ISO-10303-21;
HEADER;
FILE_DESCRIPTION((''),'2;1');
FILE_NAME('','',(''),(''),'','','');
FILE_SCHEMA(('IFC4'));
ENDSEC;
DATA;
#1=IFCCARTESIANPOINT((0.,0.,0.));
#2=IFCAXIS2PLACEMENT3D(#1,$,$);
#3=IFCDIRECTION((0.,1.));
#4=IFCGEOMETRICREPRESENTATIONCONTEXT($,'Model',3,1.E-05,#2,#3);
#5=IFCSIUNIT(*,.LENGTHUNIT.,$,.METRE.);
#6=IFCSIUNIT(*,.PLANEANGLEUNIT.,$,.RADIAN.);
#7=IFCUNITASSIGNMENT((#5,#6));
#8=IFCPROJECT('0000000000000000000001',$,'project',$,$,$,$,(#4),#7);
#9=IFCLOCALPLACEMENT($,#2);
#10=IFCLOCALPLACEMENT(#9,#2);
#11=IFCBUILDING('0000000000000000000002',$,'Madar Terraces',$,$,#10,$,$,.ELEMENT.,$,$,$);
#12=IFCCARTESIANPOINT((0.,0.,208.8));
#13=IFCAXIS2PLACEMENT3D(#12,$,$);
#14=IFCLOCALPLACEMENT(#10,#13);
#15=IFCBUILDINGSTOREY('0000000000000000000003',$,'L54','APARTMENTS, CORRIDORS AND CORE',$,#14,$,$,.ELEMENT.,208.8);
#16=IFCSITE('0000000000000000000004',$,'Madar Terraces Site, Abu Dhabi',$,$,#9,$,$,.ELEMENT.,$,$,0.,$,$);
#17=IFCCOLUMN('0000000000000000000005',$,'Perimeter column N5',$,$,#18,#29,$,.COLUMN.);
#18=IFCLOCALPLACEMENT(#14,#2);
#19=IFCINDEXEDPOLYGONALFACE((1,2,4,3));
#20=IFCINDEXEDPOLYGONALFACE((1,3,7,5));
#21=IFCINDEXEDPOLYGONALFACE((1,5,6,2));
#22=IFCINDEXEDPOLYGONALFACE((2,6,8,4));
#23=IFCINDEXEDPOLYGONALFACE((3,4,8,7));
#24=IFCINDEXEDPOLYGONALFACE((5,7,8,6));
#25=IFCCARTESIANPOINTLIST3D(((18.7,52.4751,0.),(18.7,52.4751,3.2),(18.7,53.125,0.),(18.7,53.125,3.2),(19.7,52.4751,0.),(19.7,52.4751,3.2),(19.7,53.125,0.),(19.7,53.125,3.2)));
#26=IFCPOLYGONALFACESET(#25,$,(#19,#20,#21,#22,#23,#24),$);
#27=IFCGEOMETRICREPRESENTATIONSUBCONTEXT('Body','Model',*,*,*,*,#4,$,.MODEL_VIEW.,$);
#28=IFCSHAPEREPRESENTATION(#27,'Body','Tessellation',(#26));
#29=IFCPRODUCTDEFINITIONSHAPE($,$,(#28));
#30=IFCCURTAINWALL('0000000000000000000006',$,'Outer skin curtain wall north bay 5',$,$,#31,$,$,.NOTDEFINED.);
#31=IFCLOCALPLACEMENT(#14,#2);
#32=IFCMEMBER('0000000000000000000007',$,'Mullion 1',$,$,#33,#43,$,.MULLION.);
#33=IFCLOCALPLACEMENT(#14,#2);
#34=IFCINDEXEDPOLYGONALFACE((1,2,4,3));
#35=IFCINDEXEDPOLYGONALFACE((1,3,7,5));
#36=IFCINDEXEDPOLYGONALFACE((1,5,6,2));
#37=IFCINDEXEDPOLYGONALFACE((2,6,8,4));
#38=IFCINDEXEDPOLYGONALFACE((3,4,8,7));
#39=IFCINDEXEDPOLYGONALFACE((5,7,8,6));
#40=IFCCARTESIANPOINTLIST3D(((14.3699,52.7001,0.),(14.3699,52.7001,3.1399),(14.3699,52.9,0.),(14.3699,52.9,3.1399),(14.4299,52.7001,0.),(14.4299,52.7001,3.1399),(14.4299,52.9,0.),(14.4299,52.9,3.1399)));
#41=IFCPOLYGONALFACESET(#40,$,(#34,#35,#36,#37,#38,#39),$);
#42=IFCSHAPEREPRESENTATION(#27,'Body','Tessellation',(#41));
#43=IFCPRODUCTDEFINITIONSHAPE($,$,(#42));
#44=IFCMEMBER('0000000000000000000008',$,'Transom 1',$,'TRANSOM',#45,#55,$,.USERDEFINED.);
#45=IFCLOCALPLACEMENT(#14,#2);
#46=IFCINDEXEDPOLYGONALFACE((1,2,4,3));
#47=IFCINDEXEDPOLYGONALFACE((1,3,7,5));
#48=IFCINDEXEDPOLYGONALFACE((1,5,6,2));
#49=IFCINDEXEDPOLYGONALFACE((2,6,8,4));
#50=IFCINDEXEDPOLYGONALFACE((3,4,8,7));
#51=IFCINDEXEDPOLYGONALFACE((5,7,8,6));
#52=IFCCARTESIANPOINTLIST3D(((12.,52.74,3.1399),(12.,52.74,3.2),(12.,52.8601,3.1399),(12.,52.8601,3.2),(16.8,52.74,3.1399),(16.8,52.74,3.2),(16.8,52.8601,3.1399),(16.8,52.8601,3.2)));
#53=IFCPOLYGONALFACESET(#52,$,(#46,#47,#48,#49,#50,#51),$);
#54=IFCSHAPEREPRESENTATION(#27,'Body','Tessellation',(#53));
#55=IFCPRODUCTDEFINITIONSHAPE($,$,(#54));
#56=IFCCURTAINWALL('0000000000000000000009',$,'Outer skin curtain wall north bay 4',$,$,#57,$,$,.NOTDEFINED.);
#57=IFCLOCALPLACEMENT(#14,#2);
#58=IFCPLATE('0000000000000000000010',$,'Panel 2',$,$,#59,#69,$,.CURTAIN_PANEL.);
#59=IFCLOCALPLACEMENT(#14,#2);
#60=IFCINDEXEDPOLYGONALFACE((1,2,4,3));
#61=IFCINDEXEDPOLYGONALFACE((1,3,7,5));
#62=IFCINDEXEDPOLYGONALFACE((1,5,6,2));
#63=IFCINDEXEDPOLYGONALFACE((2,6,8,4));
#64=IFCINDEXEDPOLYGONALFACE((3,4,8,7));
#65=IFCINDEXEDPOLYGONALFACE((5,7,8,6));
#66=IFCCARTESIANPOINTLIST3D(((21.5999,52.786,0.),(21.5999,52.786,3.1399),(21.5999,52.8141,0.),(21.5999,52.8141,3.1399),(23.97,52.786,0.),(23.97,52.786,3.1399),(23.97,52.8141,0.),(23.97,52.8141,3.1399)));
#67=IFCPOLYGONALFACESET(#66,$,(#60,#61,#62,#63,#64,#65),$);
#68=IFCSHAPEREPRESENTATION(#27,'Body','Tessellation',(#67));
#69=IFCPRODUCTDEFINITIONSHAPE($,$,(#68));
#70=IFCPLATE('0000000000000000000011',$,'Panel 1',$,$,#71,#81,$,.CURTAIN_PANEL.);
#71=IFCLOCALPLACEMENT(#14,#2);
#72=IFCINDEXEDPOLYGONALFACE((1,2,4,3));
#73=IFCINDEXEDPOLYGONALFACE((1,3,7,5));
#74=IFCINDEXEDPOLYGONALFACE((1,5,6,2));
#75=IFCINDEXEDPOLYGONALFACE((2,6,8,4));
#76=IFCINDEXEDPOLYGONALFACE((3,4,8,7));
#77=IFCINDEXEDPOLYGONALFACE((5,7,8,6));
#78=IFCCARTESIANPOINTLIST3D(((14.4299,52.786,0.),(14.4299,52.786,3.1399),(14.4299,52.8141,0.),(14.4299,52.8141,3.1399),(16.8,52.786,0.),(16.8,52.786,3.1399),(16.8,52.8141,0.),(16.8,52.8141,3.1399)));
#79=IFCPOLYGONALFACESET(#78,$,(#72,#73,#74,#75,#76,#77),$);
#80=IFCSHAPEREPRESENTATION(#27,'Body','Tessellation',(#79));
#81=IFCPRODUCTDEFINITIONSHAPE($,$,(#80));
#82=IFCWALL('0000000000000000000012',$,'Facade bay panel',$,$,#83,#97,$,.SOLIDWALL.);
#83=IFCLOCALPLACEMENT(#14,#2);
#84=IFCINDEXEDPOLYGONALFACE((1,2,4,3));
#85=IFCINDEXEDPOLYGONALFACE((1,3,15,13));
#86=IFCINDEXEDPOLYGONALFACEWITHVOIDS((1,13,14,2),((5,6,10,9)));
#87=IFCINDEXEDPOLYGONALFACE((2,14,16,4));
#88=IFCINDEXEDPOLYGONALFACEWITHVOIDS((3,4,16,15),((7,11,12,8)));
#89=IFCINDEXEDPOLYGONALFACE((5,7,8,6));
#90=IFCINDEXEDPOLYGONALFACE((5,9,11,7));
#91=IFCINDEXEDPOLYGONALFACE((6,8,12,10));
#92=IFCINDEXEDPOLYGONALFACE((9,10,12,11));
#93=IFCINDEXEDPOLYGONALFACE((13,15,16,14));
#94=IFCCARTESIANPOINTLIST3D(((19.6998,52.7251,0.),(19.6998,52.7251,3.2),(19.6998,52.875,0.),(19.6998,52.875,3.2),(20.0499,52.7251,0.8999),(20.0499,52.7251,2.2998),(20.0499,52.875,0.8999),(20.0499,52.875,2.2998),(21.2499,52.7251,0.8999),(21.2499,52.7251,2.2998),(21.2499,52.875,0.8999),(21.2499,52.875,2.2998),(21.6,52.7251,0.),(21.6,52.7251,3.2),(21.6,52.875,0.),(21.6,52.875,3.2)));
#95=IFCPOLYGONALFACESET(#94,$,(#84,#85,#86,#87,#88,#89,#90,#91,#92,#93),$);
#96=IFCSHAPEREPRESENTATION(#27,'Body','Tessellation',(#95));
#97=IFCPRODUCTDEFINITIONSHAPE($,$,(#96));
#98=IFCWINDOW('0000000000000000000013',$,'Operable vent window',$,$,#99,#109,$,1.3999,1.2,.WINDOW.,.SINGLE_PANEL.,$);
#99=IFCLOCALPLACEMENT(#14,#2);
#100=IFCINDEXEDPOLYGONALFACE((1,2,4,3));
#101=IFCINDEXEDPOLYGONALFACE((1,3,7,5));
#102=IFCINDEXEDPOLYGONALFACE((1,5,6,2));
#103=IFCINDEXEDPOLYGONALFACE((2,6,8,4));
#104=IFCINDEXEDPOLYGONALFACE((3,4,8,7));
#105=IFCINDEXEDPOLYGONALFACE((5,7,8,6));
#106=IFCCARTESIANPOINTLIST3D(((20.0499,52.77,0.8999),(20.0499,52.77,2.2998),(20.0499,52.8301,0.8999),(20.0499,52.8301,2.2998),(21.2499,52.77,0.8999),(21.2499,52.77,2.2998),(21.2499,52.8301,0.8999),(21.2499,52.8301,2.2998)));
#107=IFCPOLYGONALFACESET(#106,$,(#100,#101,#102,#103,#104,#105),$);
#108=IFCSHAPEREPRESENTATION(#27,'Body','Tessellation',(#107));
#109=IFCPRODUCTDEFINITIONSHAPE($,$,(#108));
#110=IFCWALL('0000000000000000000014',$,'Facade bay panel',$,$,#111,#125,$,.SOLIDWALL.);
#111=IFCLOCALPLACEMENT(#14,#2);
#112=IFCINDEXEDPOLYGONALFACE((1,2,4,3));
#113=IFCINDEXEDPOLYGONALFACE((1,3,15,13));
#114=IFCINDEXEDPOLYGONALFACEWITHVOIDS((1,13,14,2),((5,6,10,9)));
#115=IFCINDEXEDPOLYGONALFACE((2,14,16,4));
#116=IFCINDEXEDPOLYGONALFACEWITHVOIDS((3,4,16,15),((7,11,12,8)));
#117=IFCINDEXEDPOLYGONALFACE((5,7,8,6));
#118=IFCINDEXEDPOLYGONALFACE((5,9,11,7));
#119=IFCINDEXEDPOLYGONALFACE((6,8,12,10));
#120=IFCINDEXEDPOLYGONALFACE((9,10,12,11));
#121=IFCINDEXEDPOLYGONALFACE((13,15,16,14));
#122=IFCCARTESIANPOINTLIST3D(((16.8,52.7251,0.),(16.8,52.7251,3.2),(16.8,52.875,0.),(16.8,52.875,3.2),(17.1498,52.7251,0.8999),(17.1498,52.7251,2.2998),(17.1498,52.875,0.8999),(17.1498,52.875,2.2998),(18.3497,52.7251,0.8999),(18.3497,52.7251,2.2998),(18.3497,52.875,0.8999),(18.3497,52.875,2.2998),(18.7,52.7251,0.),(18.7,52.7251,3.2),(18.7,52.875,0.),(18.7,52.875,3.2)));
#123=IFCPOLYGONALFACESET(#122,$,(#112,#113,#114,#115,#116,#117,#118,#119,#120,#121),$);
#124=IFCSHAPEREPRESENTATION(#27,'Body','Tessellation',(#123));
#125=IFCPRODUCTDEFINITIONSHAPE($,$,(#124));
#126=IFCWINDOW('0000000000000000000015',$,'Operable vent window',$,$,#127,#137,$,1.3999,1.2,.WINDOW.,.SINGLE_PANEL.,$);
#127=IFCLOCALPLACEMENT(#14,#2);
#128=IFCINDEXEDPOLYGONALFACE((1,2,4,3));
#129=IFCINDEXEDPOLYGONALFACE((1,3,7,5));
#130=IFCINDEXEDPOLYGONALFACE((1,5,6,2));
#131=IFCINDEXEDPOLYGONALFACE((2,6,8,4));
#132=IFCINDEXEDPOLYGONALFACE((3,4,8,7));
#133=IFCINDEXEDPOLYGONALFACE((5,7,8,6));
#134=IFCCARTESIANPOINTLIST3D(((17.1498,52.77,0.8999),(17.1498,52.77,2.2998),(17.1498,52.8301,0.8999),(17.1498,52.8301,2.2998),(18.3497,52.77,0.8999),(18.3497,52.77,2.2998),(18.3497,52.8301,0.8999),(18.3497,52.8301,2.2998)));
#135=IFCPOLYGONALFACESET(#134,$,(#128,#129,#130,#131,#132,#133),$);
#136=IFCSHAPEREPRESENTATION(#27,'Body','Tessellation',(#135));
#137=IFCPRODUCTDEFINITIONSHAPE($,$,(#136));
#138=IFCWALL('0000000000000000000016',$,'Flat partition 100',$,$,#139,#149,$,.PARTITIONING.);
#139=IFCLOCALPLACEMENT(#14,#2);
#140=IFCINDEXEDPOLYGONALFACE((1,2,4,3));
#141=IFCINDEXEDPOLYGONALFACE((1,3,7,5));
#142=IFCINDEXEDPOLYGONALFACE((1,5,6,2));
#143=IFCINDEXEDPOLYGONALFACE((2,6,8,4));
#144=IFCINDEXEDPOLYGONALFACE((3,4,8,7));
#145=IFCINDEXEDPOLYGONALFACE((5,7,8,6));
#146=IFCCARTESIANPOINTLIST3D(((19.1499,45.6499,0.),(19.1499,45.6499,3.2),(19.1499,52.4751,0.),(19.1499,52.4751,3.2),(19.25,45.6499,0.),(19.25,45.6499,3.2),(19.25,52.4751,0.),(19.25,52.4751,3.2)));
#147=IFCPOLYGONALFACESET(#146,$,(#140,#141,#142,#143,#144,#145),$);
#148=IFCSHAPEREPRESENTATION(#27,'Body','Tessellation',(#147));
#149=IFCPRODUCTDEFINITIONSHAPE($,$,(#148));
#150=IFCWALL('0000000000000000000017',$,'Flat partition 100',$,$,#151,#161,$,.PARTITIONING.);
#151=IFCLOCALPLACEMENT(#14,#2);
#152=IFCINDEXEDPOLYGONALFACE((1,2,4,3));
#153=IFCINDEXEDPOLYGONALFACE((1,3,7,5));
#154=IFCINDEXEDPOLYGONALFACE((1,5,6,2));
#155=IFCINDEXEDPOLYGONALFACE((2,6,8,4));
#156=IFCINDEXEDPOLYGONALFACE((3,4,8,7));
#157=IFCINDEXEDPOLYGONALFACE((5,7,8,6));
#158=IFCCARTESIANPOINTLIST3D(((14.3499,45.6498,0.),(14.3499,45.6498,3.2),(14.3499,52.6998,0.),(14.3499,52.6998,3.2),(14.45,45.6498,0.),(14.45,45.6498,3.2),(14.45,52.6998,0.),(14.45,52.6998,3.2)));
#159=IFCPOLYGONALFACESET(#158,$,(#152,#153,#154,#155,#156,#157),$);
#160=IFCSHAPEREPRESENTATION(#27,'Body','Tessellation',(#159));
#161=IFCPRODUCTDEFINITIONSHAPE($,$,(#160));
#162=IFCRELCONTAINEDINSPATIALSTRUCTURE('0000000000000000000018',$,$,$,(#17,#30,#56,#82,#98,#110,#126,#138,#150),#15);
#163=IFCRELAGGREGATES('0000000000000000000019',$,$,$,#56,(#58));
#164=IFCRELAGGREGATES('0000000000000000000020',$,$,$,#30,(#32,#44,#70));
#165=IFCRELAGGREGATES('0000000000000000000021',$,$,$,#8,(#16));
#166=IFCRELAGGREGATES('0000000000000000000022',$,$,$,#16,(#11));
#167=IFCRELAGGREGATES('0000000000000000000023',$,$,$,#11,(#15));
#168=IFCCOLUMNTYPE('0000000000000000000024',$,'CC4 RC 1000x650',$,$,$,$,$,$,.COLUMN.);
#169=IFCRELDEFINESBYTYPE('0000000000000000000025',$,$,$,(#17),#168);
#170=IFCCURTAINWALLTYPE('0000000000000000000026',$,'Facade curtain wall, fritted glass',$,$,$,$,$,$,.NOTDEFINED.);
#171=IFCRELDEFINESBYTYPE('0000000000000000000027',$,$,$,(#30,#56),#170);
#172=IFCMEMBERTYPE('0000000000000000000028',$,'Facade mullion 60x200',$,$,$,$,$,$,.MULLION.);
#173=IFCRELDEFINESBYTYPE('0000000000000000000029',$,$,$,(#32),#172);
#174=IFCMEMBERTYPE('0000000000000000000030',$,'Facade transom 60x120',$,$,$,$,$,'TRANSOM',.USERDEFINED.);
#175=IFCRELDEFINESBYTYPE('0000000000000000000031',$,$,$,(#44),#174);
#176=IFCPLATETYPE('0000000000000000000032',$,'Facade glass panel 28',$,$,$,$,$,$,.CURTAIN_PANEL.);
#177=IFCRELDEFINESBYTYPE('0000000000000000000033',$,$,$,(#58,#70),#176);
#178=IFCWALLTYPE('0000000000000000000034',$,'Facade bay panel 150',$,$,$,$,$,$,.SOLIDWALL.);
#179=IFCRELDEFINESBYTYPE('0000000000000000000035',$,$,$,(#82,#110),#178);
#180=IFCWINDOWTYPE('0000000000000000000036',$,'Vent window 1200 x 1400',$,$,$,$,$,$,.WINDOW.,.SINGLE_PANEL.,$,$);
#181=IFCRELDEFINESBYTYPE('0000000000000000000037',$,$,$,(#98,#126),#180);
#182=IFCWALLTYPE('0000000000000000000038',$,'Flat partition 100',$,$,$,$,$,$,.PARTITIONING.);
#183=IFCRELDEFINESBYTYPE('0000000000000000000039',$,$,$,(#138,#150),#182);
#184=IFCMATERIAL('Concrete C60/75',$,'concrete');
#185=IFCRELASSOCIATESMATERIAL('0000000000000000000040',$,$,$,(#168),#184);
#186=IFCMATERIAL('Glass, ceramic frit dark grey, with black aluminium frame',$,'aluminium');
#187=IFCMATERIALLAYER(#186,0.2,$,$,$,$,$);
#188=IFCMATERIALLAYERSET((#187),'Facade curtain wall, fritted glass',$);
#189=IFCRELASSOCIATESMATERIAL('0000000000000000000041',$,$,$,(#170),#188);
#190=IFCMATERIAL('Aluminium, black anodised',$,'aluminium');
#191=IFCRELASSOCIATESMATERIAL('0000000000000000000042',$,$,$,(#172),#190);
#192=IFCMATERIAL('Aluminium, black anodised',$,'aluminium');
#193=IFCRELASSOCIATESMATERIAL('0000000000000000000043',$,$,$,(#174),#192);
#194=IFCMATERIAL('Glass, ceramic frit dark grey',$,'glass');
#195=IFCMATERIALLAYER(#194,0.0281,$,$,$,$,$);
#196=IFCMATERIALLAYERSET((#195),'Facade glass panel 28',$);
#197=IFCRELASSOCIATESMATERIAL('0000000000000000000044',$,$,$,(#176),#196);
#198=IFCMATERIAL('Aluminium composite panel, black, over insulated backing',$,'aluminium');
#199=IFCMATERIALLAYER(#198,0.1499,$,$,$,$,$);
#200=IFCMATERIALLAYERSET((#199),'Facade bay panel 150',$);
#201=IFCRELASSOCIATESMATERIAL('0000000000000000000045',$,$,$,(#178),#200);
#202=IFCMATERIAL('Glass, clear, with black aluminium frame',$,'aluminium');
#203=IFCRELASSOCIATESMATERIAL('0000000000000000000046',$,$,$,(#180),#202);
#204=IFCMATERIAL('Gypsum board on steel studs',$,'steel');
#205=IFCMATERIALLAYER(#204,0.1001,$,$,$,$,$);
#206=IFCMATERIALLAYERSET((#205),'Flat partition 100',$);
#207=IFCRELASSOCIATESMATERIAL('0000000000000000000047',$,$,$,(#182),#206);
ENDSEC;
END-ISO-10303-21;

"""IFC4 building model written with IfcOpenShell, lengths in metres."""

from ifc_helpers import new_model, si_unit, direction, frame, frame_2d, origin, origin_2d, place, context, subcontext, project, spatial, rectangle, extrude, material, layer, layer_set, material_profile, profile_set, type_object, element, fill, aggregate, save


model = new_model("IFC4")

# Units and contexts
model_context = context("Model", 3, precision=1e-05, world=origin(), true_north=direction((0.0, 1.0)))
body_context = subcontext(model_context, "Body", "Model", "MODEL_VIEW")
ifc_project = project(units=[si_unit("LENGTHUNIT", "METRE"), si_unit("PLANEANGLEUNIT", "RADIAN")], contexts=[model_context])

# Site, building, storey
site_placement = place(None, origin())
site = spatial("IfcSite", under=ifc_project, at=site_placement, Name="Madar Terraces Site, Abu Dhabi", CompositionType="ELEMENT", RefElevation=0.0)
building_placement = place(site_placement, origin())
building = spatial("IfcBuilding", under=site, at=building_placement, Name="Madar Terraces", CompositionType="ELEMENT")
storey_placement = place(building_placement, frame((0.0, 0.0, 208.8)))
storey = spatial("IfcBuildingStorey", under=building, at=storey_placement, Name="L54", Description="APARTMENTS, CORRIDORS AND CORE", CompositionType="ELEMENT", Elevation=208.8)

# Column
ifc_material_1 = material(Name="Concrete C60/75", Category="concrete")
ifc_material_profile_1 = material_profile(ifc_material_1, rectangle(XDim=1.0, YDim=0.6499, at=origin_2d()), Name="CC4 RC 1000x650")
ifc_profile_set_1 = profile_set([ifc_material_profile_1], Name="Concrete C60/75")
column_type = type_object("IfcColumnType", Name="CC4 RC 1000x650", PredefinedType="COLUMN", material=ifc_profile_set_1)
column_placement = place(storey_placement, frame((19.2, 52.8, 0.0), z_axis=(0.0, 0.0, 1.0), x_axis=(1.0, 0.0, 0.0)))
element("IfcColumn", 1, at=column_placement, inside=storey, type_object=column_type, Name="Perimeter column N5", PredefinedType="COLUMN", context=body_context, shape_type="SweptSolid", body=[
    extrude(rectangle(XDim=1.0, YDim=0.6499, at=origin_2d()), origin(), (0.0, 0.0, 1.0), 3.2),
])

# Curtain wall, members
ifc_material_2 = material(Name="Glass, ceramic frit dark grey, with black aluminium frame", Category="aluminium")
ifc_layer_1 = layer(ifc_material_2, 0.2)
ifc_layer_set_1 = layer_set([ifc_layer_1], Name="Facade curtain wall, fritted glass")
curtain_wall_type = type_object("IfcCurtainWallType", Name="Facade curtain wall, fritted glass", PredefinedType="NOTDEFINED", material=ifc_layer_set_1)
curtain_wall_1_placement = place(storey_placement, origin())
curtain_wall_1 = element("IfcCurtainWall", 2, at=curtain_wall_1_placement, inside=storey, type_object=curtain_wall_type, Name="Outer skin curtain wall north bay 5", PredefinedType="NOTDEFINED")
ifc_material_3 = material(Name="Aluminium, black anodised", Category="aluminium")
ifc_material_profile_2 = material_profile(ifc_material_3, rectangle(XDim=0.2, YDim=0.0601, at=origin_2d()), Name="Facade mullion 60x200")
ifc_profile_set_2 = profile_set([ifc_material_profile_2], Name="Aluminium, black anodised")
member_type_1 = type_object("IfcMemberType", Name="Facade mullion 60x200", PredefinedType="MULLION", material=ifc_profile_set_2)
member_1_placement = place(storey_placement, frame((14.3999, 52.8, 0.0), z_axis=(0.0, 0.0, 1.0), x_axis=(0.0, -1.0, 0.0)))
member_1 = element("IfcMember", 3, at=member_1_placement, type_object=member_type_1, Name="Mullion 1", PredefinedType="MULLION", context=body_context, shape_type="SweptSolid", body=[
    extrude(rectangle(XDim=0.2, YDim=0.0601, at=origin_2d()), origin(), (0.0, 0.0, 1.0), 3.1399),
])
ifc_material_4 = material(Name="Aluminium, black anodised", Category="aluminium")
ifc_material_profile_3 = material_profile(ifc_material_4, rectangle(XDim=0.1201, YDim=0.0601, at=origin_2d()), Name="Facade transom 60x120")
ifc_profile_set_3 = profile_set([ifc_material_profile_3], Name="Aluminium, black anodised")
member_type_2 = type_object("IfcMemberType", Name="Facade transom 60x120", ElementType="TRANSOM", PredefinedType="USERDEFINED", material=ifc_profile_set_3)
member_2_placement = place(storey_placement, frame((16.8, 52.8, 3.1699), z_axis=(-1.0, 0.0, 0.0), x_axis=(0.0, -1.0, 0.0)))
member_2 = element("IfcMember", 4, at=member_2_placement, type_object=member_type_2, Name="Transom 1", ObjectType="TRANSOM", PredefinedType="USERDEFINED", context=body_context, shape_type="SweptSolid", body=[
    extrude(rectangle(XDim=0.1201, YDim=0.0601, at=origin_2d()), origin(), (0.0, 0.0, 1.0), 4.8),
])

# Curtain wall, plate
curtain_wall_2_placement = place(storey_placement, origin())
curtain_wall_2 = element("IfcCurtainWall", 5, at=curtain_wall_2_placement, inside=storey, type_object=curtain_wall_type, Name="Outer skin curtain wall north bay 4", PredefinedType="NOTDEFINED")
ifc_material_5 = material(Name="Glass, ceramic frit dark grey", Category="glass")
ifc_layer_2 = layer(ifc_material_5, 0.0281)
ifc_layer_set_2 = layer_set([ifc_layer_2], Name="Facade glass panel 28")
plate_type = type_object("IfcPlateType", Name="Facade glass panel 28", PredefinedType="CURTAIN_PANEL", material=ifc_layer_set_2)
plate_1_placement = place(storey_placement, frame((22.7849, 52.8, 0.0), z_axis=(0.0, 0.0, 1.0), x_axis=(-1.0, 0.0, 0.0)))
plate_1 = element("IfcPlate", 6, at=plate_1_placement, type_object=plate_type, Name="Panel 2", PredefinedType="CURTAIN_PANEL", context=body_context, shape_type="SweptSolid", body=[
    extrude(rectangle(XDim=2.3701, YDim=0.0281, at=origin_2d()), origin(), (0.0, 0.0, 1.0), 3.1399),
])
aggregate(curtain_wall_2, [plate_1])

# Plate
plate_2_placement = place(storey_placement, frame((15.615, 52.8, 0.0), z_axis=(0.0, 0.0, 1.0), x_axis=(-1.0, 0.0, 0.0)))
plate_2 = element("IfcPlate", 7, at=plate_2_placement, type_object=plate_type, Name="Panel 1", PredefinedType="CURTAIN_PANEL", context=body_context, shape_type="SweptSolid", body=[
    extrude(rectangle(XDim=2.3701, YDim=0.0281, at=origin_2d()), origin(), (0.0, 0.0, 1.0), 3.1399),
])
aggregate(curtain_wall_1, [member_1, member_2, plate_2])

# Walls, openings, windows
ifc_material_6 = material(Name="Aluminium composite panel, black, over insulated backing", Category="aluminium")
ifc_layer_3 = layer(ifc_material_6, 0.1499)
ifc_layer_set_3 = layer_set([ifc_layer_3], Name="Facade bay panel 150")
wall_type_1 = type_object("IfcWallType", Name="Facade bay panel 150", PredefinedType="SOLIDWALL", material=ifc_layer_set_3)
wall_1_placement = place(storey_placement, frame((21.6001, 52.8, 0.0), z_axis=(0.0, 0.0, 1.0), x_axis=(-1.0, 0.0, 0.0)))
wall_1 = element("IfcWall", 8, at=wall_1_placement, inside=storey, type_object=wall_type_1, Name="Facade bay panel", PredefinedType="SOLIDWALL", context=body_context, shape_type="SweptSolid", body=[
    extrude(rectangle(XDim=1.9001, YDim=0.1499, at=frame_2d((0.9502, 0.0))), origin(), (0.0, 0.0, 1.0), 3.2),
])
opening_1_placement = place(wall_1_placement, frame((0.3501, 0.0, 0.8999)))
opening_1 = element("IfcOpeningElement", 9, at=opening_1_placement, cuts=wall_1, PredefinedType="OPENING", context=body_context, shape_type="SweptSolid", body=[
    extrude(rectangle(XDim=1.2, YDim=1.3999, at=frame_2d((0.6001, 0.7))), frame((0.0, 0.085, 0.0), z_axis=(0.0, -1.0, 0.0), x_axis=(1.0, 0.0, 0.0)), (0.0, 0.0, 1.0), 0.1699),
])
ifc_material_7 = material(Name="Glass, clear, with black aluminium frame", Category="aluminium")
window_type = type_object("IfcWindowType", Name="Vent window 1200 x 1400", PartitioningType="SINGLE_PANEL", PredefinedType="WINDOW", material=ifc_material_7)
window_1_placement = place(opening_1_placement, origin())
window_1 = element("IfcWindow", 10, at=window_1_placement, inside=storey, type_object=window_type, Name="Operable vent window", OverallHeight=1.3999, OverallWidth=1.2, PartitioningType="SINGLE_PANEL", PredefinedType="WINDOW", context=body_context, shape_type="SweptSolid", body=[
    extrude(rectangle(XDim=1.2, YDim=1.3999, at=frame_2d((0.6001, 0.7))), frame((0.0, 0.03, 0.0), z_axis=(0.0, -1.0, 0.0), x_axis=(1.0, 0.0, 0.0)), (0.0, 0.0, 1.0), 0.0601),
])
fill(opening_1, window_1)
wall_2_placement = place(storey_placement, frame((18.7, 52.8, 0.0), z_axis=(0.0, 0.0, 1.0), x_axis=(-1.0, 0.0, 0.0)))
wall_2 = element("IfcWall", 11, at=wall_2_placement, inside=storey, type_object=wall_type_1, Name="Facade bay panel", PredefinedType="SOLIDWALL", context=body_context, shape_type="SweptSolid", body=[
    extrude(rectangle(XDim=1.8999, YDim=0.1499, at=frame_2d((0.95, 0.0))), origin(), (0.0, 0.0, 1.0), 3.2),
])
opening_2_placement = place(wall_2_placement, frame((0.3501, 0.0, 0.8999)))
opening_2 = element("IfcOpeningElement", 12, at=opening_2_placement, cuts=wall_2, PredefinedType="OPENING", context=body_context, shape_type="SweptSolid", body=[
    extrude(rectangle(XDim=1.2, YDim=1.3999, at=frame_2d((0.6001, 0.7))), frame((0.0, 0.085, 0.0), z_axis=(0.0, -1.0, 0.0), x_axis=(1.0, 0.0, 0.0)), (0.0, 0.0, 1.0), 0.1699),
])
window_2_placement = place(opening_2_placement, origin())
window_2 = element("IfcWindow", 13, at=window_2_placement, inside=storey, type_object=window_type, Name="Operable vent window", OverallHeight=1.3999, OverallWidth=1.2, PartitioningType="SINGLE_PANEL", PredefinedType="WINDOW", context=body_context, shape_type="SweptSolid", body=[
    extrude(rectangle(XDim=1.2, YDim=1.3999, at=frame_2d((0.6001, 0.7))), frame((0.0, 0.03, 0.0), z_axis=(0.0, -1.0, 0.0), x_axis=(1.0, 0.0, 0.0)), (0.0, 0.0, 1.0), 0.0601),
])
fill(opening_2, window_2)

# Walls
ifc_material_8 = material(Name="Gypsum board on steel studs", Category="steel")
ifc_layer_4 = layer(ifc_material_8, 0.1001)
ifc_layer_set_4 = layer_set([ifc_layer_4], Name="Flat partition 100")
wall_type_2 = type_object("IfcWallType", Name="Flat partition 100", PredefinedType="PARTITIONING", material=ifc_layer_set_4)
wall_3_placement = place(storey_placement, frame((19.2, 45.6499, 0.0), z_axis=(0.0, 0.0, 1.0), x_axis=(0.0, 1.0, 0.0)))
element("IfcWall", 14, at=wall_3_placement, inside=storey, type_object=wall_type_2, Name="Flat partition 100", PredefinedType="PARTITIONING", context=body_context, shape_type="SweptSolid", body=[
    extrude(rectangle(XDim=6.8252, YDim=0.1001, at=frame_2d((3.4126, 0.0))), origin(), (0.0, 0.0, 1.0), 3.2),
])
wall_4_placement = place(storey_placement, frame((14.3999, 45.6499, 0.0), z_axis=(0.0, 0.0, 1.0), x_axis=(0.0, 1.0, 0.0)))
element("IfcWall", 15, at=wall_4_placement, inside=storey, type_object=wall_type_2, Name="Flat partition 100", PredefinedType="PARTITIONING", context=body_context, shape_type="SweptSolid", body=[
    extrude(rectangle(XDim=7.05, YDim=0.1001, at=frame_2d((3.5249, 0.0))), origin(), (0.0, 0.0, 1.0), 3.2),
])

save(model, "model.ifc")
